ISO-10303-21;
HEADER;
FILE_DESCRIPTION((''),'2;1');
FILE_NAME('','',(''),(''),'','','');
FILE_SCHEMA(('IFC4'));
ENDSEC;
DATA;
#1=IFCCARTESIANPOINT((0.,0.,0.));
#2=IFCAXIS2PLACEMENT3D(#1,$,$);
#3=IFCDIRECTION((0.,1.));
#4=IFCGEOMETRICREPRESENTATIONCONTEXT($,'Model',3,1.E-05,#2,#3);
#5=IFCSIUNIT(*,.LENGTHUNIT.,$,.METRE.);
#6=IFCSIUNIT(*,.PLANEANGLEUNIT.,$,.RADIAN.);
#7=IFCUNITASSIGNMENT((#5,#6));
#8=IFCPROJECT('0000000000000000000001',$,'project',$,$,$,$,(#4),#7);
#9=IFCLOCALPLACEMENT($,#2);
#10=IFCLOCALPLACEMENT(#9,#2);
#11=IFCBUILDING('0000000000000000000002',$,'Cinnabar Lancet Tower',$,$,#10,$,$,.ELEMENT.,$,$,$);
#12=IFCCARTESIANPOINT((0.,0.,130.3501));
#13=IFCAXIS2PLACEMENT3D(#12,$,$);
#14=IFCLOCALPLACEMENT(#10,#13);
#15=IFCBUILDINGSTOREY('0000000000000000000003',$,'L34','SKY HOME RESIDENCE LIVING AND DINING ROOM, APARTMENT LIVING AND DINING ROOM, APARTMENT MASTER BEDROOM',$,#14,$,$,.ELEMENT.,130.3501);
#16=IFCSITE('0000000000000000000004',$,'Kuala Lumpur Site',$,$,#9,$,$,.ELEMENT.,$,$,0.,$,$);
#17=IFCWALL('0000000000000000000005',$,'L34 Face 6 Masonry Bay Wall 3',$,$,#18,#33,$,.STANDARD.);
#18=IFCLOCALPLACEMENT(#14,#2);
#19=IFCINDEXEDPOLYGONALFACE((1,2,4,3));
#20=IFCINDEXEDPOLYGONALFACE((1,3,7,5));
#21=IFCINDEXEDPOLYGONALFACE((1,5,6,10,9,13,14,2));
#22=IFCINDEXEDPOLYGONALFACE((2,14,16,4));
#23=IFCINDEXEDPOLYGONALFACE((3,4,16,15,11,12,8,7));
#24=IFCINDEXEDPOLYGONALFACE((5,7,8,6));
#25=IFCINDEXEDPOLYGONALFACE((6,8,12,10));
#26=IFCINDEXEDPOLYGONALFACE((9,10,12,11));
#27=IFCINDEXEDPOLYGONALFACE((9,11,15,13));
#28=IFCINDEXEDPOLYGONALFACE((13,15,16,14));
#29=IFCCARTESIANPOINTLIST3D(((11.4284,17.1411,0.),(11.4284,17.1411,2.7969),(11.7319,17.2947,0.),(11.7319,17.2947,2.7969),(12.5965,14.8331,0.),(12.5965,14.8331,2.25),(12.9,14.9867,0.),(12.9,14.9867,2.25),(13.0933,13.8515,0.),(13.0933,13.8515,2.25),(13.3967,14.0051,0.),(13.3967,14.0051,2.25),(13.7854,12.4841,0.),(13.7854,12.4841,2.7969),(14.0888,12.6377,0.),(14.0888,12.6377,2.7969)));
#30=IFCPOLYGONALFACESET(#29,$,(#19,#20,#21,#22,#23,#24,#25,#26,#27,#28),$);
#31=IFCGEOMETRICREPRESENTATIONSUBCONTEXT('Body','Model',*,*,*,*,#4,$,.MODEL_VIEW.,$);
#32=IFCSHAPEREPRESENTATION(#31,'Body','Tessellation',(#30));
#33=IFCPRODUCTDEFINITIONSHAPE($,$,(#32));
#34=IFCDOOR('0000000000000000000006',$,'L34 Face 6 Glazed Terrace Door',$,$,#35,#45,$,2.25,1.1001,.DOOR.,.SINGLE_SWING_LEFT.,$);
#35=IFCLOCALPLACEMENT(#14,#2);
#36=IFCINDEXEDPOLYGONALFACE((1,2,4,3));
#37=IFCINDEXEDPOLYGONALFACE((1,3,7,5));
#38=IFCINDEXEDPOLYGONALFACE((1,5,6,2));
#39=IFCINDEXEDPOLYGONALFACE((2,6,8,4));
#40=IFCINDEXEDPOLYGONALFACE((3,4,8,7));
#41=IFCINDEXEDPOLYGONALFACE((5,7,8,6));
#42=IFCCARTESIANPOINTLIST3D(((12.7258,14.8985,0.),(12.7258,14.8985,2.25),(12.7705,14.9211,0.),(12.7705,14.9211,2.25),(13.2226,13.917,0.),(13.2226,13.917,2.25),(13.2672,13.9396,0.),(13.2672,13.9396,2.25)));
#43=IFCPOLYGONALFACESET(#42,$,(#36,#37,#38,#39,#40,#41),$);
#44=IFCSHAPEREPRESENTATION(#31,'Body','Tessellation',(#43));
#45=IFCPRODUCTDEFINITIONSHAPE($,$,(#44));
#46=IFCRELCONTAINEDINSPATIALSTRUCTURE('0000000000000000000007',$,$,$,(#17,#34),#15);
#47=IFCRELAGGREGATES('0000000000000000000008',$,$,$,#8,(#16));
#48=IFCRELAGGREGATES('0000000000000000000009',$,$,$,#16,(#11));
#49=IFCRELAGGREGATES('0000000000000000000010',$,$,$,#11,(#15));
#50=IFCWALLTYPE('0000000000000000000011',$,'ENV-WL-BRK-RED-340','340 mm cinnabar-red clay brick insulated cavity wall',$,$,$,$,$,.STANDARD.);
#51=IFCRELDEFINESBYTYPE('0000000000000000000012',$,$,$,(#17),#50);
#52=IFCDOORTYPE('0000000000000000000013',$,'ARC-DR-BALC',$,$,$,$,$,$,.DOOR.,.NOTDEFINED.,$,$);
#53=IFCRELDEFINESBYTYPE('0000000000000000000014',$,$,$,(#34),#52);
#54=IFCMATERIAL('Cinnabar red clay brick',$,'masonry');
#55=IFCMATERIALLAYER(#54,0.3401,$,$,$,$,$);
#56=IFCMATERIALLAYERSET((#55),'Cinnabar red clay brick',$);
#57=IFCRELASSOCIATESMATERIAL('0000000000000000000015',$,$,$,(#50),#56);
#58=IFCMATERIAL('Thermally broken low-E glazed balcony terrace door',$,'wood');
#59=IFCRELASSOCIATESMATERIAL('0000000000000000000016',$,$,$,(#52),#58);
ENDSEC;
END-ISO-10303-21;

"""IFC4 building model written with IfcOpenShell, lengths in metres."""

from ifc_helpers import new_model, si_unit, direction, frame, frame_2d, origin, place, context, subcontext, project, spatial, rectangle, extrude, material, layer, layer_set, type_object, element, fill, save


model = new_model("IFC4")

# Units and contexts
model_context = context("Model", 3, precision=1e-05, world=origin(), true_north=direction((0.0, 1.0)))
body_context = subcontext(model_context, "Body", "Model", "MODEL_VIEW")
ifc_project = project(units=[si_unit("LENGTHUNIT", "METRE"), si_unit("PLANEANGLEUNIT", "RADIAN")], contexts=[model_context])

# Site, building, storey
site_placement = place(None, origin())
site = spatial("IfcSite", under=ifc_project, at=site_placement, Name="Kuala Lumpur Site", CompositionType="ELEMENT", RefElevation=0.0)
building_placement = place(site_placement, origin())
building = spatial("IfcBuilding", under=site, at=building_placement, Name="Cinnabar Lancet Tower", CompositionType="ELEMENT")
storey_placement = place(building_placement, frame((0.0, 0.0, 130.3501)))
storey = spatial("IfcBuildingStorey", under=building, at=storey_placement, Name="L34", Description="SKY HOME RESIDENCE LIVING AND DINING ROOM, APARTMENT LIVING AND DINING ROOM, APARTMENT MASTER BEDROOM", CompositionType="ELEMENT", Elevation=130.3501)

# Shared definitions
ifc_material_1 = material(Name="Cinnabar red clay brick", Category="masonry")
ifc_layer_1 = layer(ifc_material_1, 0.3401)
ifc_layer_set_1 = layer_set([ifc_layer_1], Name="Cinnabar red clay brick")
wall_type_1 = type_object("IfcWallType", Name="ENV-WL-BRK-RED-340", Description="340 mm cinnabar-red clay brick insulated cavity wall", PredefinedType="STANDARD", material=ifc_layer_set_1)

# Wall, opening, door
wall_1_placement = place(storey_placement, frame((11.5801, 17.218, 0.0), z_axis=(0.0, 0.0, 1.0), x_axis=(0.451568, -0.892237, 0.0)))
wall_1 = element("IfcWall", 1, at=wall_1_placement, inside=storey, type_object=wall_type_1, Name="L34 Face 6 Masonry Bay Wall 3", PredefinedType="STANDARD", context=body_context, shape_type="SweptSolid", body=[
    extrude(rectangle(XDim=5.2195, YDim=0.3401, at=frame_2d((2.6099, 0.0))), origin(), (0.0, 0.0, 1.0), 2.7969),
])
opening_1_placement = place(wall_1_placement, frame((2.5869, 0.0, 0.0)))
opening_1 = element("IfcOpeningElement", 2, at=opening_1_placement, cuts=wall_1, PredefinedType="OPENING", context=body_context, shape_type="SweptSolid", body=[
    extrude(rectangle(XDim=1.1001, YDim=2.25, at=frame_2d((0.55, 1.125))), frame((0.0, 0.1799, 0.0), z_axis=(0.0, -1.0, 0.0), x_axis=(1.0, 0.0, 0.0)), (0.0, 0.0, 1.0), 0.3601),
])
ifc_material_2 = material(Name="Thermally broken low-E glazed balcony terrace door", Category="wood")
door_type_1 = type_object("IfcDoorType", Name="ARC-DR-BALC", OperationType="NOTDEFINED", PredefinedType="DOOR", material=ifc_material_2)
door_1_placement = place(opening_1_placement, origin())
door_1 = element("IfcDoor", 3, at=door_1_placement, inside=storey, type_object=door_type_1, Name="L34 Face 6 Glazed Terrace Door", OperationType="SINGLE_SWING_LEFT", OverallHeight=2.25, OverallWidth=1.1001, PredefinedType="DOOR", context=body_context, shape_type="SweptSolid", body=[
    extrude(rectangle(XDim=1.1001, YDim=2.25, at=frame_2d((0.55, 1.125))), frame((0.0, 0.0249, 0.0), z_axis=(0.0, -1.0, 0.0), x_axis=(1.0, 0.0, 0.0)), (0.0, 0.0, 1.0), 0.05),
])
fill(opening_1, door_1)

save(model, "model.ifc")
